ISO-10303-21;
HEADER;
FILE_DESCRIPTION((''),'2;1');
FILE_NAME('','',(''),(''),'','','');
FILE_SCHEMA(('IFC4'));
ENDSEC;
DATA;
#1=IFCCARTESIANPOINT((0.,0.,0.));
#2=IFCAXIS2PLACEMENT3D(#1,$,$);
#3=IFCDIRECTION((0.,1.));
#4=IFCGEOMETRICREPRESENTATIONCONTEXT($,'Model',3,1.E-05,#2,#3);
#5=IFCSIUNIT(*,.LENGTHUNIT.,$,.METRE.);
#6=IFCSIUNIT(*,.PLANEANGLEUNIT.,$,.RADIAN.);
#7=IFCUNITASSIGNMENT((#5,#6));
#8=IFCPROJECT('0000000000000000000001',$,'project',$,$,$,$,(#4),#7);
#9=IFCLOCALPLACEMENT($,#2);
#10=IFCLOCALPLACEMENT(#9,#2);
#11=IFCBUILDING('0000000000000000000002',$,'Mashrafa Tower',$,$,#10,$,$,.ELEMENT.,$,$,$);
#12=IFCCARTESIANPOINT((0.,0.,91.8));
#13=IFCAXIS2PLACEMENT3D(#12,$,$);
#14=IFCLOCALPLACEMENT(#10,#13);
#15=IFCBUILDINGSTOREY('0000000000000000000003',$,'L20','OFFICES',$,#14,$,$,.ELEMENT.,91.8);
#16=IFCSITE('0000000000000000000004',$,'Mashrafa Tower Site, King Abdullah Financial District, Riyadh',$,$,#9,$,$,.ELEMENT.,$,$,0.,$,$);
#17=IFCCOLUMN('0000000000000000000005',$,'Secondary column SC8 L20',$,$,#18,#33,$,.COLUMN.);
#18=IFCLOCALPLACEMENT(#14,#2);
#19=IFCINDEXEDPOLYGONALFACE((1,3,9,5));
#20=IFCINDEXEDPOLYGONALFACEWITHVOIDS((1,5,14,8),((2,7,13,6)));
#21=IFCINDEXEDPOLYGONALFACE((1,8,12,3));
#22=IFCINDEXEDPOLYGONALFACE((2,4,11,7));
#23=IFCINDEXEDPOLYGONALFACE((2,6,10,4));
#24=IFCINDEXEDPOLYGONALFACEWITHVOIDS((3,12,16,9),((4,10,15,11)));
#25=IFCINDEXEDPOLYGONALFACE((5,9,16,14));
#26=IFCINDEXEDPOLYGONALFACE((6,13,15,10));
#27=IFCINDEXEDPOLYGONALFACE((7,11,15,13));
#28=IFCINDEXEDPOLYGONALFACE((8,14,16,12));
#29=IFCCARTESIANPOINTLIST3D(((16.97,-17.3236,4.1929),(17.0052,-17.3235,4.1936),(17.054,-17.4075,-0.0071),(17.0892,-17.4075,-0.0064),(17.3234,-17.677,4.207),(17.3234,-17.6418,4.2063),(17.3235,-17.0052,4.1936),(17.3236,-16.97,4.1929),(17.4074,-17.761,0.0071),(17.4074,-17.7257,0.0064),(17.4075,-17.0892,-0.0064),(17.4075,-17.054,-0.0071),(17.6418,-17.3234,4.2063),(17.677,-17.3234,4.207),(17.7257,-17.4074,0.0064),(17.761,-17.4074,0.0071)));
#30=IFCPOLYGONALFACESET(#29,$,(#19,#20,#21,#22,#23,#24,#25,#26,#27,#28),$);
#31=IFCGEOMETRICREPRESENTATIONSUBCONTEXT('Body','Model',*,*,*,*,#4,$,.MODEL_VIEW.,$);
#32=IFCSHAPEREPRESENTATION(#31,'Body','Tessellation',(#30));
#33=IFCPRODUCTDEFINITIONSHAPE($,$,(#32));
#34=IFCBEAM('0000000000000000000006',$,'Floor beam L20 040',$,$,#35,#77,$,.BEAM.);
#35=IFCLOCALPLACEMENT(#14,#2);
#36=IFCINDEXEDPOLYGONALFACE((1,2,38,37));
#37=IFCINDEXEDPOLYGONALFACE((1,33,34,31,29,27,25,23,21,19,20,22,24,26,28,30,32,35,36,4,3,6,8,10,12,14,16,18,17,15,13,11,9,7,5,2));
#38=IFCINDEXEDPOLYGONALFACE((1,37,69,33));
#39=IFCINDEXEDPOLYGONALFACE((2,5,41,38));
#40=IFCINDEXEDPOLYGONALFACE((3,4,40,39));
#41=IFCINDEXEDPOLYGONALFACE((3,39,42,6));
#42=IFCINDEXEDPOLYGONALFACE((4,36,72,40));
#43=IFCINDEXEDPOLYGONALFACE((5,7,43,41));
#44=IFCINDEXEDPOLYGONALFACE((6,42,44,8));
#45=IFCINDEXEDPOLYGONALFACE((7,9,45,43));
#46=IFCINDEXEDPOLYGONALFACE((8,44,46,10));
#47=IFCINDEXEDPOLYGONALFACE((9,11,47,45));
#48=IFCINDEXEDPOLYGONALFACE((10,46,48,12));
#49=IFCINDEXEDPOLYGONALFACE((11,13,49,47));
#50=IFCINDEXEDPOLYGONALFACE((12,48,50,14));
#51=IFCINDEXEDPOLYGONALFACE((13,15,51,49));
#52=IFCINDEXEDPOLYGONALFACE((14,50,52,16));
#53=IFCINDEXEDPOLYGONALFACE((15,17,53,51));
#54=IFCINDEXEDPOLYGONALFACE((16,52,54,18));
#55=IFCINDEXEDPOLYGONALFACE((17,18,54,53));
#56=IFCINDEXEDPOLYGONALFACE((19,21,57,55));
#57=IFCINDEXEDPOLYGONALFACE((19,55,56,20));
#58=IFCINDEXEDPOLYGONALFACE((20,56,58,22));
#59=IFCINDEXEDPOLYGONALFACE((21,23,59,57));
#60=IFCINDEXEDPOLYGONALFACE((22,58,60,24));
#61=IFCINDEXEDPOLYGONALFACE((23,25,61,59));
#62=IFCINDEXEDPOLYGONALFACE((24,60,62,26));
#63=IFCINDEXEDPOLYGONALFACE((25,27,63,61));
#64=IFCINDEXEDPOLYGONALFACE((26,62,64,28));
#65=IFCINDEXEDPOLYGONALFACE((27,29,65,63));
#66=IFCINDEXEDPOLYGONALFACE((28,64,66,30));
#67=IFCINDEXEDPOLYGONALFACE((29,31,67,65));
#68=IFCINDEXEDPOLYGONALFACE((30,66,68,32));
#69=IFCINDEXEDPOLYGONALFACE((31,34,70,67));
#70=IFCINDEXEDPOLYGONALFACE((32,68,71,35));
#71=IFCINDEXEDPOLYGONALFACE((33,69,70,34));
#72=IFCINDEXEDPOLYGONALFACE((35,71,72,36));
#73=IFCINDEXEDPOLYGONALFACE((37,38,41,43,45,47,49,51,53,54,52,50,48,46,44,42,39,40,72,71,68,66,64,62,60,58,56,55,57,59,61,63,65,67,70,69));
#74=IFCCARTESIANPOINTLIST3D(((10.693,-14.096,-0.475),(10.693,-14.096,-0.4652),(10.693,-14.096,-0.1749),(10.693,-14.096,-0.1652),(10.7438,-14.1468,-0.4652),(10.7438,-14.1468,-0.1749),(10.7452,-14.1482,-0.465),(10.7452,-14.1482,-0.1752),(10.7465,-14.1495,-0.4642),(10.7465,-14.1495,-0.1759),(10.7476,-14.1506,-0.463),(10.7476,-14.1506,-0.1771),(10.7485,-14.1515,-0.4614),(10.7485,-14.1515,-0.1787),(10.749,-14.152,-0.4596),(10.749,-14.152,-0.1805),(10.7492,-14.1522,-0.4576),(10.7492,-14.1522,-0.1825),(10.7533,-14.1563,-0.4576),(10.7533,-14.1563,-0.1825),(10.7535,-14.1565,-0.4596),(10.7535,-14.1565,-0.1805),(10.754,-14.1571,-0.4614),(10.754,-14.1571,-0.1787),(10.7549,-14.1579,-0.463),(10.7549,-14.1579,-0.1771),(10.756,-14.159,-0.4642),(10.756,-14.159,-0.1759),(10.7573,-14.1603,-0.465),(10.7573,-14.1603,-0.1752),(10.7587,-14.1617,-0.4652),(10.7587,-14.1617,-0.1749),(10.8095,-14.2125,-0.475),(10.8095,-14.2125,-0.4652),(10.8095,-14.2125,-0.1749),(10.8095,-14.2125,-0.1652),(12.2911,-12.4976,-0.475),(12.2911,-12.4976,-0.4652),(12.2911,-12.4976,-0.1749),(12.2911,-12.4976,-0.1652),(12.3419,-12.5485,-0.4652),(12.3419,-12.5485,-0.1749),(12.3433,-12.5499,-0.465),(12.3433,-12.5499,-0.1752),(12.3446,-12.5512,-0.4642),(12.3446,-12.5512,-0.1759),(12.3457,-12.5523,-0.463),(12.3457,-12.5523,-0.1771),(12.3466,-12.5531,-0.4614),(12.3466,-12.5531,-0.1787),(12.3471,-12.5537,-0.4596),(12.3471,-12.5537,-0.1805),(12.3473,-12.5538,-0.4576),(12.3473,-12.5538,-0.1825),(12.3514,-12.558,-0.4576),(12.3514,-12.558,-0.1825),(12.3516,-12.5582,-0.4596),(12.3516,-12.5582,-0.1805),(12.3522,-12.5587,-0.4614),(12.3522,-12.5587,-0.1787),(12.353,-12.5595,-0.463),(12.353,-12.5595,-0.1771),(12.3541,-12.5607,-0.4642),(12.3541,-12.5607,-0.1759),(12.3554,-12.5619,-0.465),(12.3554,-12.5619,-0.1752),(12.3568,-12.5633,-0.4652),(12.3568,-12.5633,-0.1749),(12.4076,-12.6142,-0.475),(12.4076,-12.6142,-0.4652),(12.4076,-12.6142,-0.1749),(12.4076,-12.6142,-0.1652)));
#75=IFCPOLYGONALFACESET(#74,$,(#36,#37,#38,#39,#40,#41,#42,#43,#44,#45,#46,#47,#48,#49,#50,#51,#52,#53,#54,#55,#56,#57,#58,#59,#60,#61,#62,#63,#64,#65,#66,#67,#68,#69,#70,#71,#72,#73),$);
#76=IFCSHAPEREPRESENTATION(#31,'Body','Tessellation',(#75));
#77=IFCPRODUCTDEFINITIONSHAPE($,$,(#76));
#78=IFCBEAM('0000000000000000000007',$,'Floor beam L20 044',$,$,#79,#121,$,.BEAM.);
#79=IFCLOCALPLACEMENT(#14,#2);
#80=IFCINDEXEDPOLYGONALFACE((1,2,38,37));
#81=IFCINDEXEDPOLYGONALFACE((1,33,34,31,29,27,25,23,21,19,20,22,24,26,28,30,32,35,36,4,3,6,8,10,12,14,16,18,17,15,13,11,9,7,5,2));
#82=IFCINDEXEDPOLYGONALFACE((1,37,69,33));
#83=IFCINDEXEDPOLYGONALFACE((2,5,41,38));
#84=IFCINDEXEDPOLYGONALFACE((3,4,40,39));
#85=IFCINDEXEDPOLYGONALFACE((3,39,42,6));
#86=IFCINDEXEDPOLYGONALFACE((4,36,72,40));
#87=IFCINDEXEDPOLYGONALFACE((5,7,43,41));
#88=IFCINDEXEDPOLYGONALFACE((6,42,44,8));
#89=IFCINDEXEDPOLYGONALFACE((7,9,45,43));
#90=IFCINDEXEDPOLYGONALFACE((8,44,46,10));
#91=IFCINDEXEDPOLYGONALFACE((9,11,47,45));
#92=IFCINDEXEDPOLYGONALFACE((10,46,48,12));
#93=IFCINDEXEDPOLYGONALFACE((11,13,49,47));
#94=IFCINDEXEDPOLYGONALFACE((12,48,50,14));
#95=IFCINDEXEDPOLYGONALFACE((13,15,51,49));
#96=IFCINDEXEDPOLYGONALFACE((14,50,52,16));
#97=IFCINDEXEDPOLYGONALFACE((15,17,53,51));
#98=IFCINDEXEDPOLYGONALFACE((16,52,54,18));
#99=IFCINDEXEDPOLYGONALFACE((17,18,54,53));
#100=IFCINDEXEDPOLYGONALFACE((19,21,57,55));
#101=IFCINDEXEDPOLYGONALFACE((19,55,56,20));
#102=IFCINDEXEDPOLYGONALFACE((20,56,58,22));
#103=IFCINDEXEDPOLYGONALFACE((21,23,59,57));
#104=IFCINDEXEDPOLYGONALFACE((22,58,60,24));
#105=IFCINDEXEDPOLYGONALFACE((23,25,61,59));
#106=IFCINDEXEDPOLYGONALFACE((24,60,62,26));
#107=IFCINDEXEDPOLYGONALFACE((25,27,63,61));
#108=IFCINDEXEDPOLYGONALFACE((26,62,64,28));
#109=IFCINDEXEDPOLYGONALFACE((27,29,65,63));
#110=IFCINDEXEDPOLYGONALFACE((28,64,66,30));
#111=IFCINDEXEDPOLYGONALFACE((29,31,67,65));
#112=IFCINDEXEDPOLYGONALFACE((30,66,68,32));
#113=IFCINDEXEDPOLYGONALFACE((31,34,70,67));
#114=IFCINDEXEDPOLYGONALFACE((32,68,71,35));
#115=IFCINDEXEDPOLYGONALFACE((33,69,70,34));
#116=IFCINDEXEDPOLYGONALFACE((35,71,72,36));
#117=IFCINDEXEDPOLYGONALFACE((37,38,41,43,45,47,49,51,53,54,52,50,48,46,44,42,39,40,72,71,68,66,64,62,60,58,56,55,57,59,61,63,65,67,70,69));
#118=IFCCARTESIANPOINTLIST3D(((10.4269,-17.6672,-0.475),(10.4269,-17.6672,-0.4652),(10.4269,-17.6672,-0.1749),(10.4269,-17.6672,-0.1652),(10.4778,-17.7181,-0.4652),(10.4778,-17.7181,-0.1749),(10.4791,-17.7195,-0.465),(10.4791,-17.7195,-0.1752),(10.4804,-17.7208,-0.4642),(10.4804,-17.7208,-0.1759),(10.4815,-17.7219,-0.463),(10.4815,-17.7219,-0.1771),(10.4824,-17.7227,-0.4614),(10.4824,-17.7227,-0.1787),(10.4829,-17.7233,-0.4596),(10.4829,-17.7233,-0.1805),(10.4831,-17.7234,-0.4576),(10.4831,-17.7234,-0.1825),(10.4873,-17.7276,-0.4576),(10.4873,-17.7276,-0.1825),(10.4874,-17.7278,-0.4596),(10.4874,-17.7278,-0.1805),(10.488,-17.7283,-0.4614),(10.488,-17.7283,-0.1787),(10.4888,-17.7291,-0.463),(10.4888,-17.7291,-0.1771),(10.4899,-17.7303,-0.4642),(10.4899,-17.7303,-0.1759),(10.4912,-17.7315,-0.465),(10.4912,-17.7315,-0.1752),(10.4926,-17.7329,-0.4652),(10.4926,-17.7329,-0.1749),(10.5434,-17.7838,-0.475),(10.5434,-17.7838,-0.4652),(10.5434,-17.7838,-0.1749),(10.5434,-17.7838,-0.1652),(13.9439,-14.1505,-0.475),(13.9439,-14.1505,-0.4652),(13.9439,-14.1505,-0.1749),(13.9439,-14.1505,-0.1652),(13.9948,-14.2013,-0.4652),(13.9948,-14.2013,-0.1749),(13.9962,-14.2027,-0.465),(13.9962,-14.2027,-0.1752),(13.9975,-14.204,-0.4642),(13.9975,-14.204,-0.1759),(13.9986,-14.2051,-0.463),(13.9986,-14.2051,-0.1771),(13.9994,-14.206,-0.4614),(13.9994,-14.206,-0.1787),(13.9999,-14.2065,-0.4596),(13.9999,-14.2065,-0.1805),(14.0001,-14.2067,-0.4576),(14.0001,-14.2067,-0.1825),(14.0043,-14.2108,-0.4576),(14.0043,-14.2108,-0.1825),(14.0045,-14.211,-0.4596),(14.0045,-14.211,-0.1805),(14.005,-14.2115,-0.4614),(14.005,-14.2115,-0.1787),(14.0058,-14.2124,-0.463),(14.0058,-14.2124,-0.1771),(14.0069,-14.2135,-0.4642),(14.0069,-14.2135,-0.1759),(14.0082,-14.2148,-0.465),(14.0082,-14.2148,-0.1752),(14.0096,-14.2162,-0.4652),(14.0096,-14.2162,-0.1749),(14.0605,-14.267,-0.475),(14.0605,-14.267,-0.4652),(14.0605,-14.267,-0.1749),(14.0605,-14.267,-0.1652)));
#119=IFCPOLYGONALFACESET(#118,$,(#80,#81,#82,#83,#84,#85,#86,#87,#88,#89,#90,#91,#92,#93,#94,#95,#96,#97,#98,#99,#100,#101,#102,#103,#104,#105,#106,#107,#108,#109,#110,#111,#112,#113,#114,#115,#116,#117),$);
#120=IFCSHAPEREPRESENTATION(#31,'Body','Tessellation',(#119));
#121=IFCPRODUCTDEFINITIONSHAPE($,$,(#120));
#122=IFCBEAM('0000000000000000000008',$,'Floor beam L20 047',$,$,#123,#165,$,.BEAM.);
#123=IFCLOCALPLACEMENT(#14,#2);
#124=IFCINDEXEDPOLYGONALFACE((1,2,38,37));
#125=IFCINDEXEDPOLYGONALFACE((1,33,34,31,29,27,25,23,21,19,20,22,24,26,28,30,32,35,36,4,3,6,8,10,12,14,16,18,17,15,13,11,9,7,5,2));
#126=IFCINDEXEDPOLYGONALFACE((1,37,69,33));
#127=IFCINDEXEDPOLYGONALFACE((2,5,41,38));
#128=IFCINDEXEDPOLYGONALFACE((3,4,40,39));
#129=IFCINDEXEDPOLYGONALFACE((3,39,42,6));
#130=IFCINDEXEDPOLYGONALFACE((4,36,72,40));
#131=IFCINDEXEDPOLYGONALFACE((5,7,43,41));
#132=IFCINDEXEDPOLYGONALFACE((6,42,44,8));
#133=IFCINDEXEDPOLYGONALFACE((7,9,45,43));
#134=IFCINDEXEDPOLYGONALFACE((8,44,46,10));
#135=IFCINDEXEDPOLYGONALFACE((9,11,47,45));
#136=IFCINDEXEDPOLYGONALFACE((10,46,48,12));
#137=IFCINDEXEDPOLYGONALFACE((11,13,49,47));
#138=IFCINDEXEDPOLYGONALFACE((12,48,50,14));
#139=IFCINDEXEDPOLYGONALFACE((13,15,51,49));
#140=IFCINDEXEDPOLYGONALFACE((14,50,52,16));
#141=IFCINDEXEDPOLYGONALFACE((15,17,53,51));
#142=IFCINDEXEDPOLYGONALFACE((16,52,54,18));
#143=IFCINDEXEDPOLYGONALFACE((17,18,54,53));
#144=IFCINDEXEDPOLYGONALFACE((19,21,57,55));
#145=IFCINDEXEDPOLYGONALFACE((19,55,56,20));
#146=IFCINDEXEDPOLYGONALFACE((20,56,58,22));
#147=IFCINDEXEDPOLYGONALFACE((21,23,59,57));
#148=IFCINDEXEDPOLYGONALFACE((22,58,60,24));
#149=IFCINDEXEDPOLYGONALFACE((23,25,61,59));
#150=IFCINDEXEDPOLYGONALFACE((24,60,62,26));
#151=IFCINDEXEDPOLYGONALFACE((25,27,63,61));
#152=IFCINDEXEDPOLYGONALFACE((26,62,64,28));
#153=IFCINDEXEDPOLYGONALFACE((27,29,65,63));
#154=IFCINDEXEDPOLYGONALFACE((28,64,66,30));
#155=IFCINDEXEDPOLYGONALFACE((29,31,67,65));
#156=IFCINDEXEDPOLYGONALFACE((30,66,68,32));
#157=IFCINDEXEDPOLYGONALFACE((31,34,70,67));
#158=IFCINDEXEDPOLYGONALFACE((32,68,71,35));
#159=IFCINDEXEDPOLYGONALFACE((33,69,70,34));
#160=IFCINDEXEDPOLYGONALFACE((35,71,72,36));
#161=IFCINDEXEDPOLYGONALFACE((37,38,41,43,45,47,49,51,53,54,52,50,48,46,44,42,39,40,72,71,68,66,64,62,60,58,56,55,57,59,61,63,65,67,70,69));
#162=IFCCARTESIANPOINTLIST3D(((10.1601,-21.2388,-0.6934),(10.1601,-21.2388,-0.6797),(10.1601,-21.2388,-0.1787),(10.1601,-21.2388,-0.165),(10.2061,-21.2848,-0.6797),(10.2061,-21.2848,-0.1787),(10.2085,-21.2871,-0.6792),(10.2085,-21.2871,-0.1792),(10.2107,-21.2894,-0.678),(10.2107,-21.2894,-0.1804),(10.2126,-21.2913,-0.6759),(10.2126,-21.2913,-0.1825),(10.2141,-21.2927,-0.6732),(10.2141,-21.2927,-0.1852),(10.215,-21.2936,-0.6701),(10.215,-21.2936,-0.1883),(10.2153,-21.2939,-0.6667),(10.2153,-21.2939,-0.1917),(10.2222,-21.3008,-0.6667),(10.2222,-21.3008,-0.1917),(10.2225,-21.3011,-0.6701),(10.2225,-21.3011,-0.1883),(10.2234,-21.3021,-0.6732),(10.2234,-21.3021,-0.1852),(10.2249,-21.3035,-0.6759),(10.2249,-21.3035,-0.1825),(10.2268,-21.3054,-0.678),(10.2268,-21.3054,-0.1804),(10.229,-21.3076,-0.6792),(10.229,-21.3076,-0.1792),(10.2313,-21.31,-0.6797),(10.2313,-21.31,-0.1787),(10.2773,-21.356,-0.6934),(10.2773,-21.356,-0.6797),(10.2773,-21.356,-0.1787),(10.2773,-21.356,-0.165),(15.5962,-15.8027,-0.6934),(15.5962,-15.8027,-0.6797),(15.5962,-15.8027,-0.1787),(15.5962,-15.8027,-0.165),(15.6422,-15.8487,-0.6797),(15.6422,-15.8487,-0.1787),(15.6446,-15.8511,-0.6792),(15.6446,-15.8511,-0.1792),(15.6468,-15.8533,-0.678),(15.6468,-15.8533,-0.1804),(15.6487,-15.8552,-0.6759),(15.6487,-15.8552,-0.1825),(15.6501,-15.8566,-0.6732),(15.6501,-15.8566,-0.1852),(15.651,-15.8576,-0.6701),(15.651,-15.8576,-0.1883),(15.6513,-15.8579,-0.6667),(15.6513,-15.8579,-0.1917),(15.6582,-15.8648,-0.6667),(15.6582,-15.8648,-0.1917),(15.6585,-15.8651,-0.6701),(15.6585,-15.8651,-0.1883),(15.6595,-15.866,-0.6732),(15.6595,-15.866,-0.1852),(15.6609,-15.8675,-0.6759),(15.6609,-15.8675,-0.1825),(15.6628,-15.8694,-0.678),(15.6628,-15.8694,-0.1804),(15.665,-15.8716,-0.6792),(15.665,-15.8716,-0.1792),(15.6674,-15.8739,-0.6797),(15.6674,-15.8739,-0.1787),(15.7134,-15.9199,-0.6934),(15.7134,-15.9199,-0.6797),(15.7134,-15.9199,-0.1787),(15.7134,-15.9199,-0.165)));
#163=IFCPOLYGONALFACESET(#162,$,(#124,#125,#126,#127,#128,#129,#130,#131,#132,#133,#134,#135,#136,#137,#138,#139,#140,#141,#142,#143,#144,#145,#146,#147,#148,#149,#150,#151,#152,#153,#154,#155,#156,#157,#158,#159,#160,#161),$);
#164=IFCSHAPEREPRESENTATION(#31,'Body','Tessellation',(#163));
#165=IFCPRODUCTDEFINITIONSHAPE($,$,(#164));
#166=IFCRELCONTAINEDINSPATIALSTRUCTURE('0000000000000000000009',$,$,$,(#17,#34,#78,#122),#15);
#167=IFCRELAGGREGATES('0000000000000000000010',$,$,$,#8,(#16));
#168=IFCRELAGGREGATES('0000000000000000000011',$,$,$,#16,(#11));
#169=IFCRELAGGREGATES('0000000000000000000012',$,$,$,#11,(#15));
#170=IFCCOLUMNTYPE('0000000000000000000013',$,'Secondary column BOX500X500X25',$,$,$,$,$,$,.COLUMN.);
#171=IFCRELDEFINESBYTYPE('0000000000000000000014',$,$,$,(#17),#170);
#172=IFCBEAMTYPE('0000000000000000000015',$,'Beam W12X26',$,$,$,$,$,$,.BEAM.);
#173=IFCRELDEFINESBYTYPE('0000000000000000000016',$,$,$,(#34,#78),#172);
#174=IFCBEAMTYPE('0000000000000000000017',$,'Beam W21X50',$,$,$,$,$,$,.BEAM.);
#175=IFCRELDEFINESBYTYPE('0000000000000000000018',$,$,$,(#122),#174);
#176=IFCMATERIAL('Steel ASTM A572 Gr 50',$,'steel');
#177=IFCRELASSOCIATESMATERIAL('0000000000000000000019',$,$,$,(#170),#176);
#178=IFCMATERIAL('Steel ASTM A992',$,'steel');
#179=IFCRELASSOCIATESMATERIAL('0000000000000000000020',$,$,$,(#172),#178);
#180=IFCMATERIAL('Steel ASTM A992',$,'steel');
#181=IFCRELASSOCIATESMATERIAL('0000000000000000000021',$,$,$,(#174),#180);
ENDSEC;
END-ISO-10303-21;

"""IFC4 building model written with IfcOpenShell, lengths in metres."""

from ifc_helpers import new_model, si_unit, direction, frame, origin, origin_2d, place, context, subcontext, project, spatial, hollow_rectangle, i_section, extrude, material, material_profile, profile_set, type_object, element, save


model = new_model("IFC4")

# Units and contexts
model_context = context("Model", 3, precision=1e-05, world=origin(), true_north=direction((0.0, 1.0)))
body_context = subcontext(model_context, "Body", "Model", "MODEL_VIEW")
ifc_project = project(units=[si_unit("LENGTHUNIT", "METRE"), si_unit("PLANEANGLEUNIT", "RADIAN")], contexts=[model_context])

# Site, building, storey
site_placement = place(None, origin())
site = spatial("IfcSite", under=ifc_project, at=site_placement, Name="Mashrafa Tower Site, King Abdullah Financial District, Riyadh", CompositionType="ELEMENT", RefElevation=0.0)
building_placement = place(site_placement, origin())
building = spatial("IfcBuilding", under=site, at=building_placement, Name="Mashrafa Tower", CompositionType="ELEMENT")
storey_placement = place(building_placement, frame((0.0, 0.0, 91.8)))
storey = spatial("IfcBuildingStorey", under=building, at=storey_placement, Name="L20", Description="OFFICES", CompositionType="ELEMENT", Elevation=91.8)

# Column
ifc_material_1 = material(Name="Steel ASTM A572 Gr 50", Category="steel")
ifc_material_profile_1 = material_profile(ifc_material_1, hollow_rectangle(XDim=0.5, YDim=0.5, WallThickness=0.0249, at=origin_2d()), Name="BOX500X500X25")
ifc_profile_set_1 = profile_set([ifc_material_profile_1], Name="Steel ASTM A572 Gr 50")
column_type = type_object("IfcColumnType", Name="Secondary column BOX500X500X25", PredefinedType="COLUMN", material=ifc_profile_set_1)
column_placement = place(storey_placement, frame((17.4075, -17.4075, 0.0), z_axis=(-0.019989, 0.019989, 0.9996), x_axis=(-0.707107, -0.707107, 0.0)))
element("IfcColumn", 1, at=column_placement, inside=storey, type_object=column_type, Name="Secondary column SC8 L20", PredefinedType="COLUMN", context=body_context, shape_type="SweptSolid", body=[
    extrude(hollow_rectangle(XDim=0.5, YDim=0.5, WallThickness=0.0249, at=origin_2d()), origin(), (0.0, 0.0, 1.0), 4.2017),
])

# Beams
ifc_material_2 = material(Name="Steel ASTM A992", Category="steel")
ifc_material_profile_2 = material_profile(ifc_material_2, i_section(OverallWidth=0.1648, OverallDepth=0.3098, WebThickness=0.0059, FlangeThickness=0.0098, FilletRadius=0.0076, at=origin_2d()), Name="W12X26")
ifc_profile_set_2 = profile_set([ifc_material_profile_2], Name="Steel ASTM A992")
beam_type_1 = type_object("IfcBeamType", Name="Beam W12X26", PredefinedType="BEAM", material=ifc_profile_set_2)
beam_1_placement = place(storey_placement, frame((12.3494, -12.5559, -0.3201), z_axis=(-0.707053, -0.707161, 0.0), x_axis=(0.707161, -0.707053, 0.0)))
element("IfcBeam", 2, at=beam_1_placement, inside=storey, type_object=beam_type_1, Name="Floor beam L20 040", PredefinedType="BEAM", context=body_context, shape_type="SweptSolid", body=[
    extrude(i_section(OverallWidth=0.1648, OverallDepth=0.3098, WebThickness=0.0059, FlangeThickness=0.0098, FilletRadius=0.0076, at=origin_2d()), origin(), (0.0, 0.0, 1.0), 2.2603),
])
beam_2_placement = place(storey_placement, frame((14.0022, -14.2087, -0.3201), z_axis=(-0.707131, -0.707082, 0.0), x_axis=(0.707082, -0.707131, 0.0)))
element("IfcBeam", 3, at=beam_2_placement, inside=storey, type_object=beam_type_1, Name="Floor beam L20 044", PredefinedType="BEAM", context=body_context, shape_type="SweptSolid", body=[
    extrude(i_section(OverallWidth=0.1648, OverallDepth=0.3098, WebThickness=0.0059, FlangeThickness=0.0098, FilletRadius=0.0076, at=origin_2d()), origin(), (0.0, 0.0, 1.0), 4.9736),
])
ifc_material_3 = material(Name="Steel ASTM A992", Category="steel")
ifc_material_profile_3 = material_profile(ifc_material_3, i_section(OverallWidth=0.1658, OverallDepth=0.5283, WebThickness=0.0098, FlangeThickness=0.0137, FilletRadius=0.0129, at=origin_2d()), Name="W21X50")
ifc_profile_set_3 = profile_set([ifc_material_profile_3], Name="Steel ASTM A992")
beam_type_2 = type_object("IfcBeamType", Name="Beam W21X50", PredefinedType="BEAM", material=ifc_profile_set_3)
beam_3_placement = place(storey_placement, frame((15.6548, -15.8613, -0.4292), z_axis=(-0.707107, -0.707107, 0.0), x_axis=(0.707107, -0.707107, 0.0)))
element("IfcBeam", 4, at=beam_3_placement, inside=storey, type_object=beam_type_2, Name="Floor beam L20 047", PredefinedType="BEAM", context=body_context, shape_type="SweptSolid", body=[
    extrude(i_section(OverallWidth=0.1658, OverallDepth=0.5283, WebThickness=0.0098, FlangeThickness=0.0137, FilletRadius=0.0129, at=origin_2d()), origin(), (0.0, 0.0, 1.0), 7.6877),
])

save(model, "model.ifc")
